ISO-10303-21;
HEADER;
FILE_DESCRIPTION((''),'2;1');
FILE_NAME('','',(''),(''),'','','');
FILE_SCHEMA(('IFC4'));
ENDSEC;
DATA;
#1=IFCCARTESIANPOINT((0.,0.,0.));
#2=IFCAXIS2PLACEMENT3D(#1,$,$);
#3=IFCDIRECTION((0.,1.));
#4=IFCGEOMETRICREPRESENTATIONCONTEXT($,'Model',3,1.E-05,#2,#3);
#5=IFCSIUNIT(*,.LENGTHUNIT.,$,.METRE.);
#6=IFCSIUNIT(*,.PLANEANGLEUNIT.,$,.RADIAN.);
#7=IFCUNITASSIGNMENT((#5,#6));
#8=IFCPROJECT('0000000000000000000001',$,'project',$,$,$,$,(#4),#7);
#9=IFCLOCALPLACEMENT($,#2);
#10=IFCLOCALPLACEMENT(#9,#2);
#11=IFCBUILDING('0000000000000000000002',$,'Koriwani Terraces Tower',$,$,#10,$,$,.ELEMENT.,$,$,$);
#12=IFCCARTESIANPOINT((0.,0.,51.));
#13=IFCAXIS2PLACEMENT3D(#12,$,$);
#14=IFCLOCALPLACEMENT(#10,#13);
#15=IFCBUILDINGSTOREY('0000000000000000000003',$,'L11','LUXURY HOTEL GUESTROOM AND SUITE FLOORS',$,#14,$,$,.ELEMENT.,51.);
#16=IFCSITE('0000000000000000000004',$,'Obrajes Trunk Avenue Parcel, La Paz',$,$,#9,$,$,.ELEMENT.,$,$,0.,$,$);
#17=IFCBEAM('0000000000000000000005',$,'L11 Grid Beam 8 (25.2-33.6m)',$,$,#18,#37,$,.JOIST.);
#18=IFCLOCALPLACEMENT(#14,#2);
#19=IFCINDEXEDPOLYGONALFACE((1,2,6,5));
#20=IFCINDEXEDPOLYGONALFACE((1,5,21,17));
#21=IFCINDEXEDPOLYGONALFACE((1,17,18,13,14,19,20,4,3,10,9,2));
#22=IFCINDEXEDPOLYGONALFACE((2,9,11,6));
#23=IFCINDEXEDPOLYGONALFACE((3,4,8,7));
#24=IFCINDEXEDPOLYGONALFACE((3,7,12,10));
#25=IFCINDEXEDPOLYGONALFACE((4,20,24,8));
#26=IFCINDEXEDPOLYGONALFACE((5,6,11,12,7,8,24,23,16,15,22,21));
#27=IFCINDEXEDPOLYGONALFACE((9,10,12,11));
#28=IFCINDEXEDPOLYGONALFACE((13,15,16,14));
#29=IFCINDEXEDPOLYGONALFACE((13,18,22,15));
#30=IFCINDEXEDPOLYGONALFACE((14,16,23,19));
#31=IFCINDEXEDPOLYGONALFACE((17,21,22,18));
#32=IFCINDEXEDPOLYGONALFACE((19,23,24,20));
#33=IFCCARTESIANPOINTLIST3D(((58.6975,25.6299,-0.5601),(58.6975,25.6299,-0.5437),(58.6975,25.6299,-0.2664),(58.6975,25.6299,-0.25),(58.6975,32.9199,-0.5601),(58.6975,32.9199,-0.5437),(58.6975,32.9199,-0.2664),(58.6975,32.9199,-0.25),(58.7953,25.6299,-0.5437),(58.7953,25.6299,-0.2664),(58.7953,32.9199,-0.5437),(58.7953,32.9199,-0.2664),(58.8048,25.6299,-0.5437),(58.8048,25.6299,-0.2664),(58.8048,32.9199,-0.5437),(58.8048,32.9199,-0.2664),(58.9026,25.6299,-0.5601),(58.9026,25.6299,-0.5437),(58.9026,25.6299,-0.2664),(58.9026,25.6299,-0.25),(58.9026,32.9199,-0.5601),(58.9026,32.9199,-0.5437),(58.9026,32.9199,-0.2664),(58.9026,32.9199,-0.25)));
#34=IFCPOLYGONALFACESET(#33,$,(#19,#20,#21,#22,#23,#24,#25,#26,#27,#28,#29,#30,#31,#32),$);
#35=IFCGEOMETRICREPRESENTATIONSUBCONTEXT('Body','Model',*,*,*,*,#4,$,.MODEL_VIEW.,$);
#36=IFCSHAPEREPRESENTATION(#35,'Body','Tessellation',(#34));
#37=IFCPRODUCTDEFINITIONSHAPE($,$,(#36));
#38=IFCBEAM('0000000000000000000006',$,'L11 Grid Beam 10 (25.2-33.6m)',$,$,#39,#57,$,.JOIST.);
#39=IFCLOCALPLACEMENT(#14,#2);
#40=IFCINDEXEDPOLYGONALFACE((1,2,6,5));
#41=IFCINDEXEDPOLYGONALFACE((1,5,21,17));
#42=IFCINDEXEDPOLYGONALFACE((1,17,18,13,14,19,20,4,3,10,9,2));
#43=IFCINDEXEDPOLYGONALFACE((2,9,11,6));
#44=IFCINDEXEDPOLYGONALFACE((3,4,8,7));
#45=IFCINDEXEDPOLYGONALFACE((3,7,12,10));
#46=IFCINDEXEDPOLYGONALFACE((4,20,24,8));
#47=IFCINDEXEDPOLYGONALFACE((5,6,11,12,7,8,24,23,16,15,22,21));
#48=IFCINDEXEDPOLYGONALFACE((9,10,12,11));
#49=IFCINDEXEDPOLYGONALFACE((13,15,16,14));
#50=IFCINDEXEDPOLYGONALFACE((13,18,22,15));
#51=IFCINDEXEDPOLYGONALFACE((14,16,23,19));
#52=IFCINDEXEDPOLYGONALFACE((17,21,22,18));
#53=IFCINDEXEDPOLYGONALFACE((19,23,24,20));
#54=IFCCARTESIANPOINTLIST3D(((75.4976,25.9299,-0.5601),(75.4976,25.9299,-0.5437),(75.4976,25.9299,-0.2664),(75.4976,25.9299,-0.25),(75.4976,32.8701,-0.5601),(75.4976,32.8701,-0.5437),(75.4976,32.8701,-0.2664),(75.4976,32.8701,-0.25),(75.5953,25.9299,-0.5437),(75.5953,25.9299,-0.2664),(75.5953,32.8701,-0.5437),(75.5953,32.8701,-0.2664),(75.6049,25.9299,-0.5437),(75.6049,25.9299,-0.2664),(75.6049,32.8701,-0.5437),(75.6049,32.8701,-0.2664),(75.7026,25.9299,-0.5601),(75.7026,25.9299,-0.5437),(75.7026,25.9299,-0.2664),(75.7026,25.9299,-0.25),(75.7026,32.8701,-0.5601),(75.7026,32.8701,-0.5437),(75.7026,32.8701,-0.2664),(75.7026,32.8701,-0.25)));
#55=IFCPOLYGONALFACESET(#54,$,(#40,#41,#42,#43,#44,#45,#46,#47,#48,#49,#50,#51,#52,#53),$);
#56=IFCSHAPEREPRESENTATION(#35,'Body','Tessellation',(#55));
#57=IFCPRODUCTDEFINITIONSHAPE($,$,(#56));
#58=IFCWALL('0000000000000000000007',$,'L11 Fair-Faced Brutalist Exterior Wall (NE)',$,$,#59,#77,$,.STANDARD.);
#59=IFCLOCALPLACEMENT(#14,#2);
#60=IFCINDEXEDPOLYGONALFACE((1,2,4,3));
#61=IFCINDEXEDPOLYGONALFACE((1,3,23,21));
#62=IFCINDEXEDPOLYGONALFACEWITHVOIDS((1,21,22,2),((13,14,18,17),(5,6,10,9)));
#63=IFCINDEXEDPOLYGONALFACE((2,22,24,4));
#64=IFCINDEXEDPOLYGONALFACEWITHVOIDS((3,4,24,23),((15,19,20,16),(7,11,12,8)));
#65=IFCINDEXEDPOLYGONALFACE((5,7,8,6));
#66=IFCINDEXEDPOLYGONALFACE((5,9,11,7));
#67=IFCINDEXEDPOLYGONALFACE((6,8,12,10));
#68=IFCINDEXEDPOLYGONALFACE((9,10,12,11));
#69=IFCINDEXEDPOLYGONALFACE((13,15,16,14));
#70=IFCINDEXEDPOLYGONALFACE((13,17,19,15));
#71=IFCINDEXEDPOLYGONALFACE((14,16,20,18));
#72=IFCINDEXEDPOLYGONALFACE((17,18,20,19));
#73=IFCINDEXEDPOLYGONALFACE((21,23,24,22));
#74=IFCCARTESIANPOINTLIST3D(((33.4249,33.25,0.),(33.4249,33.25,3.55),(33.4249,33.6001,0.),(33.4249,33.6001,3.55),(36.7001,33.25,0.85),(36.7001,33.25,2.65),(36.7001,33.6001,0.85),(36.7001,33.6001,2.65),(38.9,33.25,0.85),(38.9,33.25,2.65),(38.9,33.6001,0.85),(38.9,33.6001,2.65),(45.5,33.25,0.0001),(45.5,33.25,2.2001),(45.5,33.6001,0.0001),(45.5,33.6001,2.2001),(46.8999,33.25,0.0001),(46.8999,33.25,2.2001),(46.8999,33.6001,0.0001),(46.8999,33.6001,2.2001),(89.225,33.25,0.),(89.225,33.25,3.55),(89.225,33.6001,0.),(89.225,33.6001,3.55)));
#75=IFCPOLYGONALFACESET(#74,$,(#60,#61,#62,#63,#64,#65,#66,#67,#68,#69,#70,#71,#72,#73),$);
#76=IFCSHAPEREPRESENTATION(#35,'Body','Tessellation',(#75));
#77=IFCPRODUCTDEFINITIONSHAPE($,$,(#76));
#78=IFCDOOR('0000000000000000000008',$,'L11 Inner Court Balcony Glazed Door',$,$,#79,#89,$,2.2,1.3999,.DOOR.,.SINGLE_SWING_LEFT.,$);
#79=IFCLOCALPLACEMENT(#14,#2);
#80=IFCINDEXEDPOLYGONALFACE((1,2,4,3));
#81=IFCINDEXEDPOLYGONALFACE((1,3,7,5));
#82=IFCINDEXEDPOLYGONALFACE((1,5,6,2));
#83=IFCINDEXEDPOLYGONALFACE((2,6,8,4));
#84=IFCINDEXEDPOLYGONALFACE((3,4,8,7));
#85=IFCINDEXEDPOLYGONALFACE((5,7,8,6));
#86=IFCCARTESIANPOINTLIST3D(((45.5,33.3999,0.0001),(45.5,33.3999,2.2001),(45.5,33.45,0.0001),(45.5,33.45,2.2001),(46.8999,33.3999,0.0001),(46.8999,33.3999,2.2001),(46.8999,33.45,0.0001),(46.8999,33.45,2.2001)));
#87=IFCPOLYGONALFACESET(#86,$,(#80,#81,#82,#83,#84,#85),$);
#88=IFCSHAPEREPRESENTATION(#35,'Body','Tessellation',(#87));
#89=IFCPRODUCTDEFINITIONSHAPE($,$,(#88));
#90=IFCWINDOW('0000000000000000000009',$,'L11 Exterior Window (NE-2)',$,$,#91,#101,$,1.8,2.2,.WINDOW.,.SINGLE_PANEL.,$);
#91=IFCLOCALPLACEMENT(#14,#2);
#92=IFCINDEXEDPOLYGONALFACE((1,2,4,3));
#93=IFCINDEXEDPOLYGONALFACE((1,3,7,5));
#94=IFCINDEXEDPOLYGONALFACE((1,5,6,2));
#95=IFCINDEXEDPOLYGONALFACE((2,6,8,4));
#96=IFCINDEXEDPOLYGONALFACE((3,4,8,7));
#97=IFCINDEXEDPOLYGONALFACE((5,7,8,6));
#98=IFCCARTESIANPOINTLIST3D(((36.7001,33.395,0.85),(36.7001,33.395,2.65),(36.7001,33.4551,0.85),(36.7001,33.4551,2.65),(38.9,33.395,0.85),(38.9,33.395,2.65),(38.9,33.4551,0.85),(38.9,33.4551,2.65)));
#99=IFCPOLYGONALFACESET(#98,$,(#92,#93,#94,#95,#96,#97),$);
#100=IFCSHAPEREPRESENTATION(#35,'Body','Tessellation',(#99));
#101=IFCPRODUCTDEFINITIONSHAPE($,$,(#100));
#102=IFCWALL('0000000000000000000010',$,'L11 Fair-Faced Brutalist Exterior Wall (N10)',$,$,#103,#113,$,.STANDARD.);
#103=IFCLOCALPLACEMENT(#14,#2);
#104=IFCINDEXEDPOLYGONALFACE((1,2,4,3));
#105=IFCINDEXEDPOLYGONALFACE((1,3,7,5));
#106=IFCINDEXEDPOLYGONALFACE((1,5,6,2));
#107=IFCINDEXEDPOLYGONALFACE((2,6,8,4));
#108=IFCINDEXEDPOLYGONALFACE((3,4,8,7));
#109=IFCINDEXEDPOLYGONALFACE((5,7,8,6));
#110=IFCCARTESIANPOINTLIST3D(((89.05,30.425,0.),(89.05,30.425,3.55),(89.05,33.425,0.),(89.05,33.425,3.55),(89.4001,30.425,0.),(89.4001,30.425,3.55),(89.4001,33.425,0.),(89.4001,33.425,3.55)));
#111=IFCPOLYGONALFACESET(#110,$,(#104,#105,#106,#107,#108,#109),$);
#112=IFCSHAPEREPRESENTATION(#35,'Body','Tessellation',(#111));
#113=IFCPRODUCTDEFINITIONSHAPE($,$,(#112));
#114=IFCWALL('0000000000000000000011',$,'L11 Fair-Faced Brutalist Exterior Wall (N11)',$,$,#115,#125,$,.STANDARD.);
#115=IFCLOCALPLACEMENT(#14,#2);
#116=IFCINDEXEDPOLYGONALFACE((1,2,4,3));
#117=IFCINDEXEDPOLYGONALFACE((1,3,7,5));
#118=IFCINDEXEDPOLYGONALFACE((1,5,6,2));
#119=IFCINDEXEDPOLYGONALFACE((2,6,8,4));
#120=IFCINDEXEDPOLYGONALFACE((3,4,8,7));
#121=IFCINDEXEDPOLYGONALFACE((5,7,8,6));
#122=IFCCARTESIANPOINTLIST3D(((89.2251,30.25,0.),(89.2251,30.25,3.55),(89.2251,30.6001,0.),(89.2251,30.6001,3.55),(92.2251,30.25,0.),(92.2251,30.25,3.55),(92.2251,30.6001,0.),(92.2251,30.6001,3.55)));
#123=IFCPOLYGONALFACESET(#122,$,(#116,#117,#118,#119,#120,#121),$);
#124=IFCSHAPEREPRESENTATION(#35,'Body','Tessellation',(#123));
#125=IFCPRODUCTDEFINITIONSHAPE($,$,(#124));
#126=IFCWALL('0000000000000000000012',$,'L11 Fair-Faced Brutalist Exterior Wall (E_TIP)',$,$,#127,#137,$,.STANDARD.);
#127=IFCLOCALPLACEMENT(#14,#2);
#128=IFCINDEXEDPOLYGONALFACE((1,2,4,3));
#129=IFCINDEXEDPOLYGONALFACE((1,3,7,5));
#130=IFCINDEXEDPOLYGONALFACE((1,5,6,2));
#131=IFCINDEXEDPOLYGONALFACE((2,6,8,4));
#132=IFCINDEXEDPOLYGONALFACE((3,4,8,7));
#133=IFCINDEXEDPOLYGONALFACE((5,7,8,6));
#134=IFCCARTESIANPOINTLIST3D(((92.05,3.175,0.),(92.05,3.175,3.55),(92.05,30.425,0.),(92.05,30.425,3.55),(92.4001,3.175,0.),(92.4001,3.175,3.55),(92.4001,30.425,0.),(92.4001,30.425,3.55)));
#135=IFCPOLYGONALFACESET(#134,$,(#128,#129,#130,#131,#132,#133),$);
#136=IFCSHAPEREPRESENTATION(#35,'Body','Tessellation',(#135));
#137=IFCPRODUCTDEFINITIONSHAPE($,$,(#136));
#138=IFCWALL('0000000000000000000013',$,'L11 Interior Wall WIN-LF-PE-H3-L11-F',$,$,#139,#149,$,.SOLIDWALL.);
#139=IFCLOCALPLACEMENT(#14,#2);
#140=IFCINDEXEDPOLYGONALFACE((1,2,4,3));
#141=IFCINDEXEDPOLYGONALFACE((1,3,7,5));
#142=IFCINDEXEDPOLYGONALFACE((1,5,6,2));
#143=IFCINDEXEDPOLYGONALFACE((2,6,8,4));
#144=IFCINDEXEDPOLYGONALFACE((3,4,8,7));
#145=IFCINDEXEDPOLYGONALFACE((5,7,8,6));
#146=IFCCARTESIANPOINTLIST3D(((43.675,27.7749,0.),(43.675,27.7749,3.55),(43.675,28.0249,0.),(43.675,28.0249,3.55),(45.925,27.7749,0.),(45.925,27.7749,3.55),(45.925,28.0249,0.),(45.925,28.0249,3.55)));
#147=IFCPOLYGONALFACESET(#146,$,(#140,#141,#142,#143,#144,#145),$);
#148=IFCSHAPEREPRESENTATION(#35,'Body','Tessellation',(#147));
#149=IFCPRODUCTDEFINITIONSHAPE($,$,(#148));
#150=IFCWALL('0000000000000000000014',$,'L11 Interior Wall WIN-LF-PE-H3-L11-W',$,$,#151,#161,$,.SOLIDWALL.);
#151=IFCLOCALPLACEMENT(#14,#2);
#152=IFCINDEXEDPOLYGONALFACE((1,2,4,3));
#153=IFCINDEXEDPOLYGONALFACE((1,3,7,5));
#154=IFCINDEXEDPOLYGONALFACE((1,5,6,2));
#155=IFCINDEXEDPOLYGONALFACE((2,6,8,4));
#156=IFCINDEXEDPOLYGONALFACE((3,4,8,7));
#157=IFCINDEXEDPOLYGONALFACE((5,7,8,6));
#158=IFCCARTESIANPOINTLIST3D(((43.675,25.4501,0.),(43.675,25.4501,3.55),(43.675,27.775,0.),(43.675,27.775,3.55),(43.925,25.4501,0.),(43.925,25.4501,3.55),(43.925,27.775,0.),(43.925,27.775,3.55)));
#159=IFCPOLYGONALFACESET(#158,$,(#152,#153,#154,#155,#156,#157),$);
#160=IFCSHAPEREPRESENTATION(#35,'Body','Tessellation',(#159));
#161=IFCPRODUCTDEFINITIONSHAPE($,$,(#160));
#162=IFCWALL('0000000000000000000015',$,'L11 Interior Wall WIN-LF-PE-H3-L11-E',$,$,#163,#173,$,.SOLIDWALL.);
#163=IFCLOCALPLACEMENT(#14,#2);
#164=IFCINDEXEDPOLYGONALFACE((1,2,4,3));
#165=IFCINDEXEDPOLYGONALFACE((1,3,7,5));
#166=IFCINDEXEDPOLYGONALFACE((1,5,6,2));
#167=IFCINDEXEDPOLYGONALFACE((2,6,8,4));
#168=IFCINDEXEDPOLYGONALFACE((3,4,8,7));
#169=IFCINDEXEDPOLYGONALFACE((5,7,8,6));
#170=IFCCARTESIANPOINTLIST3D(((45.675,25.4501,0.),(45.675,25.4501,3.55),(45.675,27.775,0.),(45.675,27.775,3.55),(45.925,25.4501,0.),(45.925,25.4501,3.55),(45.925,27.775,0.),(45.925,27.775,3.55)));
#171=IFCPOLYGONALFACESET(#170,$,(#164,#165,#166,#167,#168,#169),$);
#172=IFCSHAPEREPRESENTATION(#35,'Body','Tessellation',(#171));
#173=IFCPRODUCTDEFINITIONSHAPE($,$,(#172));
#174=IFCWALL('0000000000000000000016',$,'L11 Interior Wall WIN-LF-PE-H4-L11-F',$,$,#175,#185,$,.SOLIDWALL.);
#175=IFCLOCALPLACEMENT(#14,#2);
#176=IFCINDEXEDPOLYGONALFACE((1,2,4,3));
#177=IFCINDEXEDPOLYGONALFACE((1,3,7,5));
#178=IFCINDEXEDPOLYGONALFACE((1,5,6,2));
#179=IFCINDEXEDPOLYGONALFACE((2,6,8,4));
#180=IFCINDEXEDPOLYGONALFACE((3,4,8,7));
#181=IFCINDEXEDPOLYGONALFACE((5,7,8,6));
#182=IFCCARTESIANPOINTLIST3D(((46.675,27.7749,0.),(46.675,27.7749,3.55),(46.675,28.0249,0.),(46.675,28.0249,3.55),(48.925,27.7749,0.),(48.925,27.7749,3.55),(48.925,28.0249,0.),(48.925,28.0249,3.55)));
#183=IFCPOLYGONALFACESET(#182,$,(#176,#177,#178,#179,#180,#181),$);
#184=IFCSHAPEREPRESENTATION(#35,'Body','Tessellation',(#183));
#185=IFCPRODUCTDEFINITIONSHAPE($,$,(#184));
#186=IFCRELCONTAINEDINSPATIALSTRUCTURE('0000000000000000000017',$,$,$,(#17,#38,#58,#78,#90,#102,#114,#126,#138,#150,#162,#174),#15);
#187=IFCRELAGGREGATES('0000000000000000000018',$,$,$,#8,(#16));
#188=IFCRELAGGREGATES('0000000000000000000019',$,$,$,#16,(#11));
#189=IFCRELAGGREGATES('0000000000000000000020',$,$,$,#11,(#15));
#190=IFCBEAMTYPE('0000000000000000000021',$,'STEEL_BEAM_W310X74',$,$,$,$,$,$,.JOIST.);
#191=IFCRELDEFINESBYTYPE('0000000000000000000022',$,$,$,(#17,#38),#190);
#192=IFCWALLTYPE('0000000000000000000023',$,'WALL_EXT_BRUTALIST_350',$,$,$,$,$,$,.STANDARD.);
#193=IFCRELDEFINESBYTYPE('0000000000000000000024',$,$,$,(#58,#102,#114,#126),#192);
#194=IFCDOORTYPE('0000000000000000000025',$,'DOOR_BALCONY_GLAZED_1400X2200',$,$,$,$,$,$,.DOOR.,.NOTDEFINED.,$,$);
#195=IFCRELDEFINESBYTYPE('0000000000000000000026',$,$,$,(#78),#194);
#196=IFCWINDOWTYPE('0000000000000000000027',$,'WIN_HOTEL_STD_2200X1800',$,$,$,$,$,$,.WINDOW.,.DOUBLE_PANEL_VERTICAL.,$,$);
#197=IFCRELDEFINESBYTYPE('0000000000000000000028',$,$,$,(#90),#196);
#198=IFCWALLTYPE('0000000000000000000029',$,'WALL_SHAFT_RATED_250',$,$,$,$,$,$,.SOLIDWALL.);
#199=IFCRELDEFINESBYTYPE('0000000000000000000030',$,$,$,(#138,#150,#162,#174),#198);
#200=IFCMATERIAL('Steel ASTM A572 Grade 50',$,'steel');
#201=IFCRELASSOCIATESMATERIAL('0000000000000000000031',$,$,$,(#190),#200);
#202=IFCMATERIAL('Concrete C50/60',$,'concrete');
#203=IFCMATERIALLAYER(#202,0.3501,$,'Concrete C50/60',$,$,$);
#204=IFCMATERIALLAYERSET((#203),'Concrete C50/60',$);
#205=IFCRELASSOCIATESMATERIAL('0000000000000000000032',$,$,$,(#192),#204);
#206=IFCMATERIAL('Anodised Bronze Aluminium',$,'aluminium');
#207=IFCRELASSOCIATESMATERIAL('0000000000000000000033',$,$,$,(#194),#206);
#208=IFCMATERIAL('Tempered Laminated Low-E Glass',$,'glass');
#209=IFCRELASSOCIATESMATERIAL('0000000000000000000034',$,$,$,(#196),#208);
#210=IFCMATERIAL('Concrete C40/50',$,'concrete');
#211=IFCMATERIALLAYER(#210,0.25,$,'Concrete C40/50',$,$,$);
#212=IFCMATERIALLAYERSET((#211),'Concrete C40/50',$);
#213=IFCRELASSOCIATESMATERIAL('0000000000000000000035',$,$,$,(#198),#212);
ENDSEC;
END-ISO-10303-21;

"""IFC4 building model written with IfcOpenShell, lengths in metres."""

from ifc_helpers import new_model, si_unit, direction, frame, frame_2d, origin, origin_2d, place, context, subcontext, project, spatial, rectangle, i_section, extrude, material, layer, layer_set, material_profile, profile_set, type_object, element, fill, save


model = new_model("IFC4")

# Units and contexts
model_context = context("Model", 3, precision=1e-05, world=origin(), true_north=direction((0.0, 1.0)))
body_context = subcontext(model_context, "Body", "Model", "MODEL_VIEW")
ifc_project = project(units=[si_unit("LENGTHUNIT", "METRE"), si_unit("PLANEANGLEUNIT", "RADIAN")], contexts=[model_context])

# Site, building, storey
site_placement = place(None, origin())
site = spatial("IfcSite", under=ifc_project, at=site_placement, Name="Obrajes Trunk Avenue Parcel, La Paz", CompositionType="ELEMENT", RefElevation=0.0)
building_placement = place(site_placement, origin())
building = spatial("IfcBuilding", under=site, at=building_placement, Name="Koriwani Terraces Tower", CompositionType="ELEMENT")
storey_placement = place(building_placement, frame((0.0, 0.0, 51.0)))
storey = spatial("IfcBuildingStorey", under=building, at=storey_placement, Name="L11", Description="LUXURY HOTEL GUESTROOM AND SUITE FLOORS", CompositionType="ELEMENT", Elevation=51.0)

# Beams
ifc_material_1 = material(Name="Concrete C50/60", Category="concrete")
ifc_material_2 = material(Name="Steel ASTM A572 Grade 50", Category="steel")
ifc_material_profile_1 = material_profile(ifc_material_2, i_section(OverallWidth=0.2051, OverallDepth=0.3101, WebThickness=0.0095, FlangeThickness=0.0164, at=origin_2d()), Name="Steel ASTM A572 Grade 50", Category="LoadBearing")
ifc_profile_set_1 = profile_set([ifc_material_profile_1], Name="Steel ASTM A572 Grade 50")
beam_type_1 = type_object("IfcBeamType", Name="STEEL_BEAM_W310X74", PredefinedType="JOIST", material=ifc_profile_set_1)
for number, where, z_axis, x_axis, name in (
    (1, (58.8, 25.6299, -0.405), (0.0, 1.0, 0.0), (-1.0, 0.0, 0.0), "L11 Grid Beam 8 (25.2-33.6m)"),
):
    element("IfcBeam", number, at=place(storey_placement, frame(where, z_axis=z_axis, x_axis=x_axis)), inside=storey, type_object=beam_type_1, Name=name, PredefinedType="JOIST", context=body_context, shape_type="SweptSolid", body=[
        extrude(i_section(OverallWidth=0.2051, OverallDepth=0.3101, WebThickness=0.0095, FlangeThickness=0.0164, at=origin_2d()), origin(), (0.0, 0.0, 1.0), 7.29),
    ])
beam_1_placement = place(storey_placement, frame((75.6001, 25.9299, -0.405), z_axis=(0.0, 1.0, 0.0), x_axis=(-1.0, 0.0, 0.0)))
element("IfcBeam", 2, at=beam_1_placement, inside=storey, type_object=beam_type_1, Name="L11 Grid Beam 10 (25.2-33.6m)", PredefinedType="JOIST", context=body_context, shape_type="SweptSolid", body=[
    extrude(i_section(OverallWidth=0.2051, OverallDepth=0.3101, WebThickness=0.0095, FlangeThickness=0.0164, at=origin_2d()), origin(), (0.0, 0.0, 1.0), 6.9402),
])

# Wall, openings, door, window
ifc_layer_1 = layer(ifc_material_1, 0.3501, Name="Concrete C50/60")
ifc_layer_set_1 = layer_set([ifc_layer_1], Name="Concrete C50/60")
wall_type_1 = type_object("IfcWallType", Name="WALL_EXT_BRUTALIST_350", PredefinedType="STANDARD", material=ifc_layer_set_1)
wall_1_placement = place(storey_placement, frame((33.425, 33.425, 0.0), z_axis=(0.0, 0.0, 1.0), x_axis=(1.0, 0.0, 0.0)))
wall_1 = element("IfcWall", 3, at=wall_1_placement, inside=storey, type_object=wall_type_1, Name="L11 Fair-Faced Brutalist Exterior Wall (NE)", PredefinedType="STANDARD", context=body_context, shape_type="SweptSolid", body=[
    extrude(rectangle(XDim=55.8, YDim=0.3501, at=frame_2d((27.8999, 0.0))), origin(), (0.0, 0.0, 1.0), 3.55),
])
opening_1_placement = place(wall_1_placement, frame((12.075, 0.0, 0.0)))
opening_1 = element("IfcOpeningElement", 4, at=opening_1_placement, cuts=wall_1, PredefinedType="OPENING", context=body_context, shape_type="SweptSolid", body=[
    extrude(rectangle(XDim=1.3999, YDim=2.2, at=frame_2d((0.7, 1.1001))), frame((0.0, 0.1851, 0.0), z_axis=(0.0, -1.0, 0.0), x_axis=(1.0, 0.0, 0.0)), (0.0, 0.0, 1.0), 0.3701),
])
opening_2_placement = place(wall_1_placement, frame((3.2749, 0.0, 0.8501)))
opening_2 = element("IfcOpeningElement", 5, at=opening_2_placement, cuts=wall_1, PredefinedType="OPENING", context=body_context, shape_type="SweptSolid", body=[
    extrude(rectangle(XDim=2.2, YDim=1.8, at=frame_2d((1.1001, 0.8999))), frame((0.0, 0.1851, 0.0), z_axis=(0.0, -1.0, 0.0), x_axis=(1.0, 0.0, 0.0)), (0.0, 0.0, 1.0), 0.3701),
])
ifc_material_3 = material(Name="Anodised Bronze Aluminium", Category="aluminium")
door_type = type_object("IfcDoorType", Name="DOOR_BALCONY_GLAZED_1400X2200", OperationType="NOTDEFINED", PredefinedType="DOOR", material=ifc_material_3)
door_placement = place(opening_1_placement, origin())
door = element("IfcDoor", 6, at=door_placement, inside=storey, type_object=door_type, Name="L11 Inner Court Balcony Glazed Door", OperationType="SINGLE_SWING_LEFT", OverallHeight=2.2, OverallWidth=1.3999, PredefinedType="DOOR", context=body_context, shape_type="SweptSolid", body=[
    extrude(rectangle(XDim=1.3999, YDim=2.2, at=frame_2d((0.7, 1.1001))), frame((0.0, 0.0249, 0.0), z_axis=(0.0, -1.0, 0.0), x_axis=(1.0, 0.0, 0.0)), (0.0, 0.0, 1.0), 0.05),
])
fill(opening_1, door)
ifc_material_4 = material(Name="Tempered Laminated Low-E Glass", Category="glass")
window_type = type_object("IfcWindowType", Name="WIN_HOTEL_STD_2200X1800", PartitioningType="DOUBLE_PANEL_VERTICAL", PredefinedType="WINDOW", material=ifc_material_4)
window_placement = place(opening_2_placement, origin())
window = element("IfcWindow", 7, at=window_placement, inside=storey, type_object=window_type, Name="L11 Exterior Window (NE-2)", OverallHeight=1.8, OverallWidth=2.2, PartitioningType="SINGLE_PANEL", PredefinedType="WINDOW", context=body_context, shape_type="SweptSolid", body=[
    extrude(rectangle(XDim=2.2, YDim=1.8, at=frame_2d((1.1001, 0.8999))), frame((0.0, 0.03, 0.0), z_axis=(0.0, -1.0, 0.0), x_axis=(1.0, 0.0, 0.0)), (0.0, 0.0, 1.0), 0.0601),
])
fill(opening_2, window)

# Walls
for number, where, z_axis, x_axis, name in (
    (8, (89.2251, 33.425, 0.0), (0.0, 0.0, 1.0), (0.0, -1.0, 0.0), "L11 Fair-Faced Brutalist Exterior Wall (N10)"),
    (9, (89.2251, 30.425, 0.0), (0.0, 0.0, 1.0), (1.0, 0.0, 0.0), "L11 Fair-Faced Brutalist Exterior Wall (N11)"),
):
    element("IfcWall", number, at=place(storey_placement, frame(where, z_axis=z_axis, x_axis=x_axis)), inside=storey, type_object=wall_type_1, Name=name, PredefinedType="STANDARD", context=body_context, shape_type="SweptSolid", body=[
        extrude(rectangle(XDim=3.0, YDim=0.3501, at=frame_2d((1.5, 0.0))), origin(), (0.0, 0.0, 1.0), 3.55),
    ])
wall_2_placement = place(storey_placement, frame((92.2251, 30.425, 0.0), z_axis=(0.0, 0.0, 1.0), x_axis=(0.0, -1.0, 0.0)))
element("IfcWall", 10, at=wall_2_placement, inside=storey, type_object=wall_type_1, Name="L11 Fair-Faced Brutalist Exterior Wall (E_TIP)", PredefinedType="STANDARD", context=body_context, shape_type="SweptSolid", body=[
    extrude(rectangle(XDim=27.25, YDim=0.3501, at=frame_2d((13.625, 0.0))), origin(), (0.0, 0.0, 1.0), 3.55),
])
ifc_material_5 = material(Name="Concrete C40/50", Category="concrete")
ifc_layer_2 = layer(ifc_material_5, 0.25, Name="Concrete C40/50")
ifc_layer_set_2 = layer_set([ifc_layer_2], Name="Concrete C40/50")
wall_type_2 = type_object("IfcWallType", Name="WALL_SHAFT_RATED_250", PredefinedType="SOLIDWALL", material=ifc_layer_set_2)
wall_3_placement = place(storey_placement, frame((43.675, 27.8999, 0.0), z_axis=(0.0, 0.0, 1.0), x_axis=(1.0, 0.0, 0.0)))
element("IfcWall", 11, at=wall_3_placement, inside=storey, type_object=wall_type_2, Name="L11 Interior Wall WIN-LF-PE-H3-L11-F", PredefinedType="SOLIDWALL", context=body_context, shape_type="SweptSolid", body=[
    extrude(rectangle(XDim=2.25, YDim=0.25, at=frame_2d((1.125, 0.0))), origin(), (0.0, 0.0, 1.0), 3.55),
])
for number, where, z_axis, x_axis, name in (
    (12, (43.8, 25.45, 0.0), (0.0, 0.0, 1.0), (0.0, 1.0, 0.0), "L11 Interior Wall WIN-LF-PE-H3-L11-W"),
    (13, (45.8, 25.45, 0.0), (0.0, 0.0, 1.0), (0.0, 1.0, 0.0), "L11 Interior Wall WIN-LF-PE-H3-L11-E"),
):
    element("IfcWall", number, at=place(storey_placement, frame(where, z_axis=z_axis, x_axis=x_axis)), inside=storey, type_object=wall_type_2, Name=name, PredefinedType="SOLIDWALL", context=body_context, shape_type="SweptSolid", body=[
        extrude(rectangle(XDim=2.325, YDim=0.25, at=frame_2d((1.1626, 0.0))), origin(), (0.0, 0.0, 1.0), 3.55),
    ])
wall_4_placement = place(storey_placement, frame((46.675, 27.8999, 0.0), z_axis=(0.0, 0.0, 1.0), x_axis=(1.0, 0.0, 0.0)))
element("IfcWall", 14, at=wall_4_placement, inside=storey, type_object=wall_type_2, Name="L11 Interior Wall WIN-LF-PE-H4-L11-F", PredefinedType="SOLIDWALL", context=body_context, shape_type="SweptSolid", body=[
    extrude(rectangle(XDim=2.25, YDim=0.25, at=frame_2d((1.125, 0.0))), origin(), (0.0, 0.0, 1.0), 3.55),
])

save(model, "model.ifc")
